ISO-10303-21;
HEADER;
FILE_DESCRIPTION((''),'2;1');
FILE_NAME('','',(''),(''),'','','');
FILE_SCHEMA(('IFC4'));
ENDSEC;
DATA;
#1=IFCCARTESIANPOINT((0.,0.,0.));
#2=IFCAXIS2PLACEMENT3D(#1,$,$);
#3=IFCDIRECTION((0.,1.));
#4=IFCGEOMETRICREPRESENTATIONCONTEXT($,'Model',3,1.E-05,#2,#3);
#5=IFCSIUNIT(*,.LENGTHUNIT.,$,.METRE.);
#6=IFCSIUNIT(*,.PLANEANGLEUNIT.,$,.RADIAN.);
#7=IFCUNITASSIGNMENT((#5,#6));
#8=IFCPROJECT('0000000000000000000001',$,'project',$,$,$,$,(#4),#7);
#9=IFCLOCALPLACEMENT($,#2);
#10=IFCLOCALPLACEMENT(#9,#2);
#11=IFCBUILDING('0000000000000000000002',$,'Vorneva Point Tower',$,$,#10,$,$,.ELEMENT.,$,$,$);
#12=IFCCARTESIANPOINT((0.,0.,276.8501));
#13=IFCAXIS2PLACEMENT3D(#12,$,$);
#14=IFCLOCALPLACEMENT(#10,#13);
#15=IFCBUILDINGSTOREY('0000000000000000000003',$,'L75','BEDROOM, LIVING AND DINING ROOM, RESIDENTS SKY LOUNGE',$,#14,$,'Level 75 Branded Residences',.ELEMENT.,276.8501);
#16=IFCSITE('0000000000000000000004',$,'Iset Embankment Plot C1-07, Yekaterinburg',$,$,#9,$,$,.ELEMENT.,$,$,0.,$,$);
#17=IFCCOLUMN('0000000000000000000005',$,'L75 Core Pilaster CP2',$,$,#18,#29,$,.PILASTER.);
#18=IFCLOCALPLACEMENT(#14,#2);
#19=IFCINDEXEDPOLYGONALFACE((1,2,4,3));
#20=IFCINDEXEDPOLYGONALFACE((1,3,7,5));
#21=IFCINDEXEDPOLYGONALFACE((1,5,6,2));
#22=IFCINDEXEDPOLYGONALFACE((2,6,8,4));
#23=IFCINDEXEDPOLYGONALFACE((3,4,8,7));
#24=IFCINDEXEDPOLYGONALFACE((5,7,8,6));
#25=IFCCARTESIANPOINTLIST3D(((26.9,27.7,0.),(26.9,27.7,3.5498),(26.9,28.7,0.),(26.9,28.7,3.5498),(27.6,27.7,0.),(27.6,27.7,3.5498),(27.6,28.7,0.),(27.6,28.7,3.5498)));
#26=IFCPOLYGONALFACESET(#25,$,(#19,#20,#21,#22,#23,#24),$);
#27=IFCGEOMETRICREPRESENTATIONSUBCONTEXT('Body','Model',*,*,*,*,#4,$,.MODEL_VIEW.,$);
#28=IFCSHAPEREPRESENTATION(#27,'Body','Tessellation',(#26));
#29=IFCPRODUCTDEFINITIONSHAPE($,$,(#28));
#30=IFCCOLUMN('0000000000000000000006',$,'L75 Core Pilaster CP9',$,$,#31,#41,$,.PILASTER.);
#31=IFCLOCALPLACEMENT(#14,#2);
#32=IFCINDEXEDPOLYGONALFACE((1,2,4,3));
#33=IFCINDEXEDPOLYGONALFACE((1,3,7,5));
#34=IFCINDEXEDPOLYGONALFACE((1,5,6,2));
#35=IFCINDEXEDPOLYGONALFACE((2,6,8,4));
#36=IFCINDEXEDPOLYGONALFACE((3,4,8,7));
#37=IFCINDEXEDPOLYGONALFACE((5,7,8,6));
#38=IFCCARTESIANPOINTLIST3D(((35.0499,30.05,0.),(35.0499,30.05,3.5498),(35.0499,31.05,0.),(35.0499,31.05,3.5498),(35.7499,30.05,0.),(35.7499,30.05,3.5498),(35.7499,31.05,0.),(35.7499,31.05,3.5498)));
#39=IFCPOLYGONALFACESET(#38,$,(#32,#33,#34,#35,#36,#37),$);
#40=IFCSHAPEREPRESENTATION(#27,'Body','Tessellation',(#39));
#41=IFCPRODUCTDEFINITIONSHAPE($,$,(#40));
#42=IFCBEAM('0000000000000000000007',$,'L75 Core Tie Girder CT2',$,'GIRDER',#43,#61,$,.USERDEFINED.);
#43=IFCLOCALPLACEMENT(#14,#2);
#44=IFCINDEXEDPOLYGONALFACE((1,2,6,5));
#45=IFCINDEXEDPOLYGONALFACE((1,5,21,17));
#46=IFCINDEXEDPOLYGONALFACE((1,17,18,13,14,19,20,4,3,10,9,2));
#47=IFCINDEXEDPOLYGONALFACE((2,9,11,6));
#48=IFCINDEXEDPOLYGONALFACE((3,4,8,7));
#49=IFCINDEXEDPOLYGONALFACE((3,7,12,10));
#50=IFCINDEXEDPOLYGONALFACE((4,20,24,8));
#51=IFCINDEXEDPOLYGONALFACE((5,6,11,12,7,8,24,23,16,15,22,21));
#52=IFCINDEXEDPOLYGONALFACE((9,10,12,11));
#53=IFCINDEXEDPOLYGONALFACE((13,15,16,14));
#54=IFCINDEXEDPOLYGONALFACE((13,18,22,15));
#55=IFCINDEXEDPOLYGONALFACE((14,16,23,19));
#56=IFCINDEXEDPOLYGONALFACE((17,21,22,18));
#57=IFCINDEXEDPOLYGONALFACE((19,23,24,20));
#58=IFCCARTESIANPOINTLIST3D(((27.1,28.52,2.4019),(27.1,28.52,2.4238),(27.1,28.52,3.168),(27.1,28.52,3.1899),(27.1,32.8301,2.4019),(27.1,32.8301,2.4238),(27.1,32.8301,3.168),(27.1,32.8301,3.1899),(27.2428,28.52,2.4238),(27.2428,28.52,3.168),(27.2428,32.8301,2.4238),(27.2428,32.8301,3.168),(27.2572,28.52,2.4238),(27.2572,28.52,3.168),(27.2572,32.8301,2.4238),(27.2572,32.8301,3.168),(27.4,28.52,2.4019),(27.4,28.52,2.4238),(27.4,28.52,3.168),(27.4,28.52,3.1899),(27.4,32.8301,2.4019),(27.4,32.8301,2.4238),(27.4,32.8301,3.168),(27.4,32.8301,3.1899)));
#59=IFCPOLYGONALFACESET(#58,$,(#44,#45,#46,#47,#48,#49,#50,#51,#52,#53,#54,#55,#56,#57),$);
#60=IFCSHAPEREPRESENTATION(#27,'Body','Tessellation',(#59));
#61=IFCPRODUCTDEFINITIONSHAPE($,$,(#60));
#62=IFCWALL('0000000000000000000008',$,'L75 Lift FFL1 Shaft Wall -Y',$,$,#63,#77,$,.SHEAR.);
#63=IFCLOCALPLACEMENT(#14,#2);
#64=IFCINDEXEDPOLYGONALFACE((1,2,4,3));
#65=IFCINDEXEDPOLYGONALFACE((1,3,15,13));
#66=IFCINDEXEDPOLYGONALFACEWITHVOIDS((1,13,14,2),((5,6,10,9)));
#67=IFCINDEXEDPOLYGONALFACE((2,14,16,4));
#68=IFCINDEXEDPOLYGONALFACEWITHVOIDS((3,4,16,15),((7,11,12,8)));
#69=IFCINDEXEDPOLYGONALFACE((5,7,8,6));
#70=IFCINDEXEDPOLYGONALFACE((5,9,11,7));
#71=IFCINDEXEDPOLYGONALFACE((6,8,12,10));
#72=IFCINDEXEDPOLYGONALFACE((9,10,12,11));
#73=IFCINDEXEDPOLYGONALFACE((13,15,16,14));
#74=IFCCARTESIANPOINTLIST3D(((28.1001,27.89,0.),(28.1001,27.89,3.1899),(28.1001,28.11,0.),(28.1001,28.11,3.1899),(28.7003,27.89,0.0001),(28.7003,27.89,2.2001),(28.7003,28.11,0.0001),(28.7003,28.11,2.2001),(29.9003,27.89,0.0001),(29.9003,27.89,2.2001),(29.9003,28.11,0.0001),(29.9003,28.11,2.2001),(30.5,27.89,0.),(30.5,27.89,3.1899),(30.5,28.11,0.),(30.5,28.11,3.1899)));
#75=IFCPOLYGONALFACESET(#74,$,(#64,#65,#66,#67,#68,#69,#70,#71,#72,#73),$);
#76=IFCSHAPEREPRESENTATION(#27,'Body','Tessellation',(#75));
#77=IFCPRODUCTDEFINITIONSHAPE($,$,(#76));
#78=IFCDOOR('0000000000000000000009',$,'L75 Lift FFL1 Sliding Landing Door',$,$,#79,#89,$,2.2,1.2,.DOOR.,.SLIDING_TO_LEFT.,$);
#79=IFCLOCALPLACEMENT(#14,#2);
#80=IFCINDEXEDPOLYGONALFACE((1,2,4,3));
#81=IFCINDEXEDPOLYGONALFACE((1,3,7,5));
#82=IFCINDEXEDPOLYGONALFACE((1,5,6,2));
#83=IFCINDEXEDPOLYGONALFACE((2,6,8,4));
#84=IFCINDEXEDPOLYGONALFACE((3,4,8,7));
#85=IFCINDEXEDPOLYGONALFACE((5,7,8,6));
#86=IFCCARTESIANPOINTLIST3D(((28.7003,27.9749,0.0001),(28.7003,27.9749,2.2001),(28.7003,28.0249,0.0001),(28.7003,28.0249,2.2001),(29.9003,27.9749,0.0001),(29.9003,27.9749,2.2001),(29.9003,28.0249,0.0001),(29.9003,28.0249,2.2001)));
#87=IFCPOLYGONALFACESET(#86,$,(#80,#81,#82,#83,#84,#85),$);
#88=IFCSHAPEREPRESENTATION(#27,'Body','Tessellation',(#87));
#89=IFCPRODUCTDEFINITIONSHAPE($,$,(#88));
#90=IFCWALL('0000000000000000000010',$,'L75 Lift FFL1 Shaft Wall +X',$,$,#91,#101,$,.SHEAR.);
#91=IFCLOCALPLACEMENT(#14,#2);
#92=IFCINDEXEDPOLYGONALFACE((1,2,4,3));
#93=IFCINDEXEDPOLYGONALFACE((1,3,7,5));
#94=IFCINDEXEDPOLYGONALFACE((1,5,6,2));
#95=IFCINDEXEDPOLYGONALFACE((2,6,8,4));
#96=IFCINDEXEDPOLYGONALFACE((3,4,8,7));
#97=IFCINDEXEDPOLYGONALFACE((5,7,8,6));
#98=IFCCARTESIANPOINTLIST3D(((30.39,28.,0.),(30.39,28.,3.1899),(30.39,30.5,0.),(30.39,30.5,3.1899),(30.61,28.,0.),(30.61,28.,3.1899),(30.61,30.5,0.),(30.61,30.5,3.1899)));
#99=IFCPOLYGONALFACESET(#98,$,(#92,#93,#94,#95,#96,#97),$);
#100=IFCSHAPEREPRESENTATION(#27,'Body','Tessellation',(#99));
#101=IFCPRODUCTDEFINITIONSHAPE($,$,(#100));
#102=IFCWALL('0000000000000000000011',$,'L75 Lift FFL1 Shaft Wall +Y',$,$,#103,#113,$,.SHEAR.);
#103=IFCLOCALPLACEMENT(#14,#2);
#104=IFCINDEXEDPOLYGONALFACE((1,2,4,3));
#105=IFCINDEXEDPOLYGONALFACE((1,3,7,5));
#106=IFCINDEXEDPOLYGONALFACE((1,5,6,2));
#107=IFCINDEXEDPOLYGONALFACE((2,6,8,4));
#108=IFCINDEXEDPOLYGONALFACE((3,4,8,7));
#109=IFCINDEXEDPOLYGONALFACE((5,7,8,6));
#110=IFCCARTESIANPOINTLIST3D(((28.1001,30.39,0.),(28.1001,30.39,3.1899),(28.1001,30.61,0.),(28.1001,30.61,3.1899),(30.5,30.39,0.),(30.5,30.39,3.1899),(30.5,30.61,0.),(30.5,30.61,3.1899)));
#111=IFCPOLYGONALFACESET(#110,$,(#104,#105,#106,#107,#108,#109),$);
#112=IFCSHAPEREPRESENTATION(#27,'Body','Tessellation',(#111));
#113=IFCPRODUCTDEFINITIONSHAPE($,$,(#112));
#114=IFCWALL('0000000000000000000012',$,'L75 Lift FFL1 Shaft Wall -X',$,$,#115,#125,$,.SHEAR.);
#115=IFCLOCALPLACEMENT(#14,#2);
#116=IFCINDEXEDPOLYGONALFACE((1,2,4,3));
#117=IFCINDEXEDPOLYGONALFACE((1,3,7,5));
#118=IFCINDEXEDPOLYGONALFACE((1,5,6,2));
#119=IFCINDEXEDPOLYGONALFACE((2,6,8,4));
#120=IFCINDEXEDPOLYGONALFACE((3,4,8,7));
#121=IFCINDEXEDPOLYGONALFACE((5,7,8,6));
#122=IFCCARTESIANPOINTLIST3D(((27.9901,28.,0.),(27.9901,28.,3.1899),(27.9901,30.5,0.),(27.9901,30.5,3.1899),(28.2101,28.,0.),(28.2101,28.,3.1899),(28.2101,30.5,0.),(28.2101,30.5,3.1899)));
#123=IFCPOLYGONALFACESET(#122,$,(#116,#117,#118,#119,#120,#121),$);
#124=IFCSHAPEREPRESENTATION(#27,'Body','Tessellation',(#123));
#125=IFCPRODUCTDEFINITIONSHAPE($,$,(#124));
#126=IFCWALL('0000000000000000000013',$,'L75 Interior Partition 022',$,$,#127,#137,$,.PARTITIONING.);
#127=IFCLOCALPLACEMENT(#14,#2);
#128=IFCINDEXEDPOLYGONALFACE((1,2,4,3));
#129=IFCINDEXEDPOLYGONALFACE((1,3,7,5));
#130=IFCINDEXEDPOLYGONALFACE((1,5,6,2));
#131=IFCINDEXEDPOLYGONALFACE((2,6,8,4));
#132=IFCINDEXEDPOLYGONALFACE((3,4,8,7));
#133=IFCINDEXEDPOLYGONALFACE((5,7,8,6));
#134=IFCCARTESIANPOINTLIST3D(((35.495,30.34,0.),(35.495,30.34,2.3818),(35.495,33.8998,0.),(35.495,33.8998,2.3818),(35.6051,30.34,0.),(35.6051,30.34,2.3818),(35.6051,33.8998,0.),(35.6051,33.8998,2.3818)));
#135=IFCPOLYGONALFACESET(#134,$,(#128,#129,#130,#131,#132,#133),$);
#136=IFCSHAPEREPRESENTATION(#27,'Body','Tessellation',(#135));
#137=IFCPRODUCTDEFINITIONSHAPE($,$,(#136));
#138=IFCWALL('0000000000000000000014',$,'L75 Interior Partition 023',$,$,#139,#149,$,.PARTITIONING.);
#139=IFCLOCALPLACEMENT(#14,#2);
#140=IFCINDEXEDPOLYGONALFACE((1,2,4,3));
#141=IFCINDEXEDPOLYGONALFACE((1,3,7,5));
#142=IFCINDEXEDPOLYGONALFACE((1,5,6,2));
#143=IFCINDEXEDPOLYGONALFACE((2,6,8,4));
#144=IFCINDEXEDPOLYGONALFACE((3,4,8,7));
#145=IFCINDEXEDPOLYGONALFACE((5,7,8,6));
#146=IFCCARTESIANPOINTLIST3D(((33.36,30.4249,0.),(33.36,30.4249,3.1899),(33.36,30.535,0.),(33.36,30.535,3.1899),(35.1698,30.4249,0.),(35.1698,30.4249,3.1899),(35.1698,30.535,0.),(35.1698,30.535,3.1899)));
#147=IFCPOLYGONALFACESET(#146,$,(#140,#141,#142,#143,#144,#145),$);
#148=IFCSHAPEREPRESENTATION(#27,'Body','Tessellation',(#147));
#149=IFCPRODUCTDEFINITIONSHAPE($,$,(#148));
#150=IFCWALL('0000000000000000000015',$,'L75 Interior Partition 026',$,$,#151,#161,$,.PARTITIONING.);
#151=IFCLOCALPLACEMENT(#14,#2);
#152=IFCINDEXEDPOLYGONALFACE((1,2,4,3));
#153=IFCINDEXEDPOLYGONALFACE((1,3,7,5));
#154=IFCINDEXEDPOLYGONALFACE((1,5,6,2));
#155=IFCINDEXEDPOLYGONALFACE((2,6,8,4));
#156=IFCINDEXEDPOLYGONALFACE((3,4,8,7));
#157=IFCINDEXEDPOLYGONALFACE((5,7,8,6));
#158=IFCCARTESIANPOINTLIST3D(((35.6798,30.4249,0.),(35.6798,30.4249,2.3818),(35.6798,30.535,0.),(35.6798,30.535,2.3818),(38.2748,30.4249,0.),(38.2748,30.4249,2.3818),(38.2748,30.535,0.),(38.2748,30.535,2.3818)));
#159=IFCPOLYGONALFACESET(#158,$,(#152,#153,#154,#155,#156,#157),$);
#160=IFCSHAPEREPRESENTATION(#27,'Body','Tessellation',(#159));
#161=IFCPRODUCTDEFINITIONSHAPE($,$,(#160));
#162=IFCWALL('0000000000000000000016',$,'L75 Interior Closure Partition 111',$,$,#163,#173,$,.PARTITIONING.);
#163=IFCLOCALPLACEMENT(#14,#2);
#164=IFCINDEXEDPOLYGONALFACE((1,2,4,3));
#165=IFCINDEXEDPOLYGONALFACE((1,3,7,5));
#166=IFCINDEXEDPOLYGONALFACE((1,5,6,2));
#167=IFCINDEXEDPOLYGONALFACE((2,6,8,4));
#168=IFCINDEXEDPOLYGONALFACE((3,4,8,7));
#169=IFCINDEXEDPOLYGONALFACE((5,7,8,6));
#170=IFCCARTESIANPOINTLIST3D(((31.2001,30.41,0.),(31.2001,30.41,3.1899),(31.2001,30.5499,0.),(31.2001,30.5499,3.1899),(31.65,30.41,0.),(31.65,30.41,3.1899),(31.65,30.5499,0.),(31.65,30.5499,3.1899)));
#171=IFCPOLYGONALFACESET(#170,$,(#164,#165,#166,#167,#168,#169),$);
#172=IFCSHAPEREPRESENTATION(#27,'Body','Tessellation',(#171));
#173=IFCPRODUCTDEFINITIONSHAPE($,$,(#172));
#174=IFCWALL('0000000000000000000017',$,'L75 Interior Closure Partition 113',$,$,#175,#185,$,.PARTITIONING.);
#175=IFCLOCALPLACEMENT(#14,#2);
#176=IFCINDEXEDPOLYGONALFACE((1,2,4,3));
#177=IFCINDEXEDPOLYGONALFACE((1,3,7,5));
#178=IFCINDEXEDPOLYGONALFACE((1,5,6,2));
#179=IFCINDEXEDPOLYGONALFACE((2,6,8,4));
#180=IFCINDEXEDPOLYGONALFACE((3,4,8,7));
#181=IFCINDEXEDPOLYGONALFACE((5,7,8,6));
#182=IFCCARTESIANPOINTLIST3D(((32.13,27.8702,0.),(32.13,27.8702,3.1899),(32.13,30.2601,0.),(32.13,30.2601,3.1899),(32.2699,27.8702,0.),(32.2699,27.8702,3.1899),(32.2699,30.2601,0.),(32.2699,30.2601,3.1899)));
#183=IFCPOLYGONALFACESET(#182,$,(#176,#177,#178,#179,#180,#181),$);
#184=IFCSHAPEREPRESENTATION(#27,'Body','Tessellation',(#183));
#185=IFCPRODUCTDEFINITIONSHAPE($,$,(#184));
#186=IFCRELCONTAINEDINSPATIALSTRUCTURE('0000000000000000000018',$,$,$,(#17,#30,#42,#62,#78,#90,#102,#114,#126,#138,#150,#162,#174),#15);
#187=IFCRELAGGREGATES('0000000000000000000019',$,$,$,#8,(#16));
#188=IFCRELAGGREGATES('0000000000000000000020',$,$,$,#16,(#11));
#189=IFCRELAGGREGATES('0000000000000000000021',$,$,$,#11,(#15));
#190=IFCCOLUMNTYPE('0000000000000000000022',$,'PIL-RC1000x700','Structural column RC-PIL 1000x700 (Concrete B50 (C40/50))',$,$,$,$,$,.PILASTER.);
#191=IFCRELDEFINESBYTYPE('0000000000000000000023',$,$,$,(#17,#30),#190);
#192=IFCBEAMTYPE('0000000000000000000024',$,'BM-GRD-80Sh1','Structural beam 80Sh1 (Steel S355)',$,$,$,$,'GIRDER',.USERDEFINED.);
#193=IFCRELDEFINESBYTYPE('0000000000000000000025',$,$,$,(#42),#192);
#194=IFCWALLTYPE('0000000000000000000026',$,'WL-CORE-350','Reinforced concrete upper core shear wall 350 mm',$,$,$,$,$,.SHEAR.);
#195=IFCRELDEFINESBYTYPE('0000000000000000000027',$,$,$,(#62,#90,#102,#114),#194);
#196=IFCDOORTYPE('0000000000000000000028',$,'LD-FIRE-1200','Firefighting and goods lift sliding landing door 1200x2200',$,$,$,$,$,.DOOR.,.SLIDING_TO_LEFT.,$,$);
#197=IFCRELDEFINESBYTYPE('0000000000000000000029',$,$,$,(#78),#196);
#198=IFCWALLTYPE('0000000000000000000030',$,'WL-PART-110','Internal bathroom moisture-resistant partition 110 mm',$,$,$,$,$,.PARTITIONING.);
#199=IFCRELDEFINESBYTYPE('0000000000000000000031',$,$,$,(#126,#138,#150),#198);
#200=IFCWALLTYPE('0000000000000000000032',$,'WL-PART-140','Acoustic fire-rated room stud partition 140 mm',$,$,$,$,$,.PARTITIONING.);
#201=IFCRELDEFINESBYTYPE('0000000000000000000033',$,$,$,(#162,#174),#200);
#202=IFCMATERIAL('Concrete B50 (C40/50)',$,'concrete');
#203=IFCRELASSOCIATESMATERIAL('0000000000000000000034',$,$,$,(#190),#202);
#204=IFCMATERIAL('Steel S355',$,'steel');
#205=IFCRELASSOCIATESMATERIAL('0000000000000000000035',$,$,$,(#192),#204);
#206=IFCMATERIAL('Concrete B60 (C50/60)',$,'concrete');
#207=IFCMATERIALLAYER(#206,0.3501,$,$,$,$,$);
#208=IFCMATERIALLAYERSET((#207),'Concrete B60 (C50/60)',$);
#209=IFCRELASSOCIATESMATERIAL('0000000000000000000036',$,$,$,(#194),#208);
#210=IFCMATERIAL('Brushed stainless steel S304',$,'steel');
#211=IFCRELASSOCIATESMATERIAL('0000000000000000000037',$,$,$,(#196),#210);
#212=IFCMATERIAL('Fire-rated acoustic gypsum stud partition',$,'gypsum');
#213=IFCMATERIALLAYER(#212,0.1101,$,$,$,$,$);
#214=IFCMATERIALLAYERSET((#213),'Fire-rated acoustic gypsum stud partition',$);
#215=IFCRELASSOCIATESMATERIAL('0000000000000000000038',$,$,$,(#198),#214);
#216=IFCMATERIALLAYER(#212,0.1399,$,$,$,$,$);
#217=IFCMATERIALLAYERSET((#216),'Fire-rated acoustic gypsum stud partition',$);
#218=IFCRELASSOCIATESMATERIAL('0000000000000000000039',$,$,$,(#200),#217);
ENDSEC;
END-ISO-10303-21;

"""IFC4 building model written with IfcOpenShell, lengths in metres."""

from ifc_helpers import new_model, si_unit, direction, frame, frame_2d, origin, origin_2d, place, context, subcontext, project, spatial, rectangle, i_section, extrude, material, layer, layer_set, material_profile, profile_set, type_object, element, fill, save


model = new_model("IFC4")

# Units and contexts
model_context = context("Model", 3, precision=1e-05, world=origin(), true_north=direction((0.0, 1.0)))
body_context = subcontext(model_context, "Body", "Model", "MODEL_VIEW")
ifc_project = project(units=[si_unit("LENGTHUNIT", "METRE"), si_unit("PLANEANGLEUNIT", "RADIAN")], contexts=[model_context])

# Site, building, storey
site_placement = place(None, origin())
site = spatial("IfcSite", under=ifc_project, at=site_placement, Name="Iset Embankment Plot C1-07, Yekaterinburg", CompositionType="ELEMENT", RefElevation=0.0)
building_placement = place(site_placement, origin())
building = spatial("IfcBuilding", under=site, at=building_placement, Name="Vorneva Point Tower", CompositionType="ELEMENT")
storey_placement = place(building_placement, frame((0.0, 0.0, 276.8501)))
storey = spatial("IfcBuildingStorey", under=building, at=storey_placement, Name="L75", Description="BEDROOM, LIVING AND DINING ROOM, RESIDENTS SKY LOUNGE", LongName="Level 75 Branded Residences", CompositionType="ELEMENT", Elevation=276.8501)

# Columns
ifc_material_1 = material(Name="Concrete B50 (C40/50)", Category="concrete")
ifc_material_profile_1 = material_profile(ifc_material_1, rectangle(XDim=0.7, YDim=1.0, at=origin_2d()), Name="RC-PIL 1000x700")
ifc_profile_set_1 = profile_set([ifc_material_profile_1], Name="Concrete B50 (C40/50)")
column_type = type_object("IfcColumnType", Name="PIL-RC1000x700", Description="Structural column RC-PIL 1000x700 (Concrete B50 (C40/50))", PredefinedType="PILASTER", material=ifc_profile_set_1)
for number, where, z_axis, x_axis, name in (
    (1, (27.25, 28.2, 0.0), (0.0, 0.0, 1.0), (1.0, 0.0, 0.0), "L75 Core Pilaster CP2"),
    (2, (35.3999, 30.55, 0.0), (0.0, 0.0, 1.0), (1.0, 0.0, 0.0), "L75 Core Pilaster CP9"),
):
    element("IfcColumn", number, at=place(storey_placement, frame(where, z_axis=z_axis, x_axis=x_axis)), inside=storey, type_object=column_type, Name=name, PredefinedType="PILASTER", context=body_context, shape_type="SweptSolid", body=[
        extrude(rectangle(XDim=0.7, YDim=1.0, at=origin_2d()), origin(), (0.0, 0.0, 1.0), 3.5498),
    ])

# Beam
ifc_material_2 = material(Name="Steel S355", Category="steel")
ifc_material_profile_2 = material_profile(ifc_material_2, i_section(OverallWidth=0.3, OverallDepth=0.7881, WebThickness=0.0144, FlangeThickness=0.022, at=origin_2d()), Name="80Sh1")
ifc_profile_set_2 = profile_set([ifc_material_profile_2], Name="Steel S355")
beam_type = type_object("IfcBeamType", Name="BM-GRD-80Sh1", Description="Structural beam 80Sh1 (Steel S355)", ElementType="GIRDER", PredefinedType="USERDEFINED", material=ifc_profile_set_2)
beam_placement = place(storey_placement, frame((27.25, 28.52, 2.7959), z_axis=(0.0, 1.0, 0.0), x_axis=(-1.0, 0.0, 0.0)))
element("IfcBeam", 3, at=beam_placement, inside=storey, type_object=beam_type, Name="L75 Core Tie Girder CT2", ObjectType="GIRDER", PredefinedType="USERDEFINED", context=body_context, shape_type="SweptSolid", body=[
    extrude(i_section(OverallWidth=0.3, OverallDepth=0.7881, WebThickness=0.0144, FlangeThickness=0.022, at=origin_2d()), origin(), (0.0, 0.0, 1.0), 4.3101),
])

# Wall, opening, door
ifc_material_3 = material(Name="Concrete B60 (C50/60)", Category="concrete")
ifc_layer_1 = layer(ifc_material_3, 0.3501)
ifc_layer_set_1 = layer_set([ifc_layer_1], Name="Concrete B60 (C50/60)")
wall_type_1 = type_object("IfcWallType", Name="WL-CORE-350", Description="Reinforced concrete upper core shear wall 350 mm", PredefinedType="SHEAR", material=ifc_layer_set_1)
wall_1_placement = place(storey_placement, frame((28.1001, 28.0, 0.0), z_axis=(0.0, 0.0, 1.0), x_axis=(1.0, 0.0, 0.0)))
wall_1 = element("IfcWall", 4, at=wall_1_placement, inside=storey, type_object=wall_type_1, Name="L75 Lift FFL1 Shaft Wall -Y", PredefinedType="SHEAR", context=body_context, shape_type="SweptSolid", body=[
    extrude(rectangle(XDim=2.3999, YDim=0.22, at=frame_2d((1.2, 0.0))), origin(), (0.0, 0.0, 1.0), 3.1899),
])
opening_1_placement = place(wall_1_placement, frame((0.6001, 0.0, 0.0)))
opening_1 = element("IfcOpeningElement", 5, at=opening_1_placement, cuts=wall_1, PredefinedType="OPENING", context=body_context, shape_type="SweptSolid", body=[
    extrude(rectangle(XDim=1.2, YDim=2.2, at=frame_2d((0.6001, 1.1001))), frame((0.0, 0.125, 0.0), z_axis=(0.0, -1.0, 0.0), x_axis=(1.0, 0.0, 0.0)), (0.0, 0.0, 1.0), 0.2498),
])
ifc_material_4 = material(Name="Brushed stainless steel S304", Category="steel")
door_type_1 = type_object("IfcDoorType", Name="LD-FIRE-1200", Description="Firefighting and goods lift sliding landing door 1200x2200", OperationType="SLIDING_TO_LEFT", PredefinedType="DOOR", material=ifc_material_4)
door_1_placement = place(opening_1_placement, origin())
door_1 = element("IfcDoor", 6, at=door_1_placement, inside=storey, type_object=door_type_1, Name="L75 Lift FFL1 Sliding Landing Door", OperationType="SLIDING_TO_LEFT", OverallHeight=2.2, OverallWidth=1.2, PredefinedType="DOOR", context=body_context, shape_type="SweptSolid", body=[
    extrude(rectangle(XDim=1.2, YDim=2.2, at=frame_2d((0.6001, 1.1001))), frame((0.0, 0.0249, 0.0), z_axis=(0.0, -1.0, 0.0), x_axis=(1.0, 0.0, 0.0)), (0.0, 0.0, 1.0), 0.05),
])
fill(opening_1, door_1)

# Walls
wall_2_placement = place(storey_placement, frame((30.5, 28.0, 0.0), z_axis=(0.0, 0.0, 1.0), x_axis=(0.0, 1.0, 0.0)))
element("IfcWall", 7, at=wall_2_placement, inside=storey, type_object=wall_type_1, Name="L75 Lift FFL1 Shaft Wall +X", PredefinedType="SHEAR", context=body_context, shape_type="SweptSolid", body=[
    extrude(rectangle(XDim=2.5, YDim=0.22, at=frame_2d((1.25, 0.0))), origin(), (0.0, 0.0, 1.0), 3.1899),
])
wall_3_placement = place(storey_placement, frame((30.5, 30.5, 0.0), z_axis=(0.0, 0.0, 1.0), x_axis=(-1.0, 0.0, 0.0)))
element("IfcWall", 8, at=wall_3_placement, inside=storey, type_object=wall_type_1, Name="L75 Lift FFL1 Shaft Wall +Y", PredefinedType="SHEAR", context=body_context, shape_type="SweptSolid", body=[
    extrude(rectangle(XDim=2.3999, YDim=0.22, at=frame_2d((1.2, 0.0))), origin(), (0.0, 0.0, 1.0), 3.1899),
])
wall_4_placement = place(storey_placement, frame((28.1001, 30.5, 0.0), z_axis=(0.0, 0.0, 1.0), x_axis=(0.0, -1.0, 0.0)))
element("IfcWall", 9, at=wall_4_placement, inside=storey, type_object=wall_type_1, Name="L75 Lift FFL1 Shaft Wall -X", PredefinedType="SHEAR", context=body_context, shape_type="SweptSolid", body=[
    extrude(rectangle(XDim=2.5, YDim=0.22, at=frame_2d((1.25, 0.0))), origin(), (0.0, 0.0, 1.0), 3.1899),
])
ifc_material_5 = material(Name="Fire-rated acoustic gypsum stud partition", Category="gypsum")
ifc_layer_2 = layer(ifc_material_5, 0.1101)
ifc_layer_set_2 = layer_set([ifc_layer_2], Name="Fire-rated acoustic gypsum stud partition")
wall_type_2 = type_object("IfcWallType", Name="WL-PART-110", Description="Internal bathroom moisture-resistant partition 110 mm", PredefinedType="PARTITIONING", material=ifc_layer_set_2)
wall_5_placement = place(storey_placement, frame((35.55, 30.3401, 0.0), z_axis=(0.0, 0.0, 1.0), x_axis=(0.0, 1.0, 0.0)))
element("IfcWall", 10, at=wall_5_placement, inside=storey, type_object=wall_type_2, Name="L75 Interior Partition 022", PredefinedType="PARTITIONING", context=body_context, shape_type="SweptSolid", body=[
    extrude(rectangle(XDim=3.5598, YDim=0.1101, at=frame_2d((1.7798, 0.0))), origin(), (0.0, 0.0, 1.0), 2.3818),
])
wall_6_placement = place(storey_placement, frame((33.3601, 30.48, 0.0), z_axis=(0.0, 0.0, 1.0), x_axis=(1.0, 0.0, 0.0)))
element("IfcWall", 11, at=wall_6_placement, inside=storey, type_object=wall_type_2, Name="L75 Interior Partition 023", PredefinedType="PARTITIONING", context=body_context, shape_type="SweptSolid", body=[
    extrude(rectangle(XDim=1.8098, YDim=0.1101, at=frame_2d((0.9048, 0.0))), origin(), (0.0, 0.0, 1.0), 3.1899),
])
wall_7_placement = place(storey_placement, frame((35.6799, 30.48, 0.0), z_axis=(0.0, 0.0, 1.0), x_axis=(1.0, 0.0, 0.0)))
element("IfcWall", 12, at=wall_7_placement, inside=storey, type_object=wall_type_2, Name="L75 Interior Partition 026", PredefinedType="PARTITIONING", context=body_context, shape_type="SweptSolid", body=[
    extrude(rectangle(XDim=2.595, YDim=0.1101, at=frame_2d((1.2974, 0.0))), origin(), (0.0, 0.0, 1.0), 2.3818),
])
ifc_layer_3 = layer(ifc_material_5, 0.1399)
ifc_layer_set_3 = layer_set([ifc_layer_3], Name="Fire-rated acoustic gypsum stud partition")
wall_type_3 = type_object("IfcWallType", Name="WL-PART-140", Description="Acoustic fire-rated room stud partition 140 mm", PredefinedType="PARTITIONING", material=ifc_layer_set_3)
wall_8_placement = place(storey_placement, frame((31.2, 30.48, 0.0), z_axis=(0.0, 0.0, 1.0), x_axis=(1.0, 0.0, 0.0)))
element("IfcWall", 13, at=wall_8_placement, inside=storey, type_object=wall_type_3, Name="L75 Interior Closure Partition 111", PredefinedType="PARTITIONING", context=body_context, shape_type="SweptSolid", body=[
    extrude(rectangle(XDim=0.45, YDim=0.1399, at=frame_2d((0.2251, 0.0))), origin(), (0.0, 0.0, 1.0), 3.1899),
])
for number, where, z_axis, x_axis, name in (
    (14, (32.2, 30.26, 0.0), (0.0, 0.0, 1.0), (0.0, -1.0, 0.0), "L75 Interior Closure Partition 113"),
):
    element("IfcWall", number, at=place(storey_placement, frame(where, z_axis=z_axis, x_axis=x_axis)), inside=storey, type_object=wall_type_3, Name=name, PredefinedType="PARTITIONING", context=body_context, shape_type="SweptSolid", body=[
        extrude(rectangle(XDim=2.3899, YDim=0.1399, at=frame_2d((1.1948, 0.0))), origin(), (0.0, 0.0, 1.0), 3.1899),
    ])

save(model, "model.ifc")
